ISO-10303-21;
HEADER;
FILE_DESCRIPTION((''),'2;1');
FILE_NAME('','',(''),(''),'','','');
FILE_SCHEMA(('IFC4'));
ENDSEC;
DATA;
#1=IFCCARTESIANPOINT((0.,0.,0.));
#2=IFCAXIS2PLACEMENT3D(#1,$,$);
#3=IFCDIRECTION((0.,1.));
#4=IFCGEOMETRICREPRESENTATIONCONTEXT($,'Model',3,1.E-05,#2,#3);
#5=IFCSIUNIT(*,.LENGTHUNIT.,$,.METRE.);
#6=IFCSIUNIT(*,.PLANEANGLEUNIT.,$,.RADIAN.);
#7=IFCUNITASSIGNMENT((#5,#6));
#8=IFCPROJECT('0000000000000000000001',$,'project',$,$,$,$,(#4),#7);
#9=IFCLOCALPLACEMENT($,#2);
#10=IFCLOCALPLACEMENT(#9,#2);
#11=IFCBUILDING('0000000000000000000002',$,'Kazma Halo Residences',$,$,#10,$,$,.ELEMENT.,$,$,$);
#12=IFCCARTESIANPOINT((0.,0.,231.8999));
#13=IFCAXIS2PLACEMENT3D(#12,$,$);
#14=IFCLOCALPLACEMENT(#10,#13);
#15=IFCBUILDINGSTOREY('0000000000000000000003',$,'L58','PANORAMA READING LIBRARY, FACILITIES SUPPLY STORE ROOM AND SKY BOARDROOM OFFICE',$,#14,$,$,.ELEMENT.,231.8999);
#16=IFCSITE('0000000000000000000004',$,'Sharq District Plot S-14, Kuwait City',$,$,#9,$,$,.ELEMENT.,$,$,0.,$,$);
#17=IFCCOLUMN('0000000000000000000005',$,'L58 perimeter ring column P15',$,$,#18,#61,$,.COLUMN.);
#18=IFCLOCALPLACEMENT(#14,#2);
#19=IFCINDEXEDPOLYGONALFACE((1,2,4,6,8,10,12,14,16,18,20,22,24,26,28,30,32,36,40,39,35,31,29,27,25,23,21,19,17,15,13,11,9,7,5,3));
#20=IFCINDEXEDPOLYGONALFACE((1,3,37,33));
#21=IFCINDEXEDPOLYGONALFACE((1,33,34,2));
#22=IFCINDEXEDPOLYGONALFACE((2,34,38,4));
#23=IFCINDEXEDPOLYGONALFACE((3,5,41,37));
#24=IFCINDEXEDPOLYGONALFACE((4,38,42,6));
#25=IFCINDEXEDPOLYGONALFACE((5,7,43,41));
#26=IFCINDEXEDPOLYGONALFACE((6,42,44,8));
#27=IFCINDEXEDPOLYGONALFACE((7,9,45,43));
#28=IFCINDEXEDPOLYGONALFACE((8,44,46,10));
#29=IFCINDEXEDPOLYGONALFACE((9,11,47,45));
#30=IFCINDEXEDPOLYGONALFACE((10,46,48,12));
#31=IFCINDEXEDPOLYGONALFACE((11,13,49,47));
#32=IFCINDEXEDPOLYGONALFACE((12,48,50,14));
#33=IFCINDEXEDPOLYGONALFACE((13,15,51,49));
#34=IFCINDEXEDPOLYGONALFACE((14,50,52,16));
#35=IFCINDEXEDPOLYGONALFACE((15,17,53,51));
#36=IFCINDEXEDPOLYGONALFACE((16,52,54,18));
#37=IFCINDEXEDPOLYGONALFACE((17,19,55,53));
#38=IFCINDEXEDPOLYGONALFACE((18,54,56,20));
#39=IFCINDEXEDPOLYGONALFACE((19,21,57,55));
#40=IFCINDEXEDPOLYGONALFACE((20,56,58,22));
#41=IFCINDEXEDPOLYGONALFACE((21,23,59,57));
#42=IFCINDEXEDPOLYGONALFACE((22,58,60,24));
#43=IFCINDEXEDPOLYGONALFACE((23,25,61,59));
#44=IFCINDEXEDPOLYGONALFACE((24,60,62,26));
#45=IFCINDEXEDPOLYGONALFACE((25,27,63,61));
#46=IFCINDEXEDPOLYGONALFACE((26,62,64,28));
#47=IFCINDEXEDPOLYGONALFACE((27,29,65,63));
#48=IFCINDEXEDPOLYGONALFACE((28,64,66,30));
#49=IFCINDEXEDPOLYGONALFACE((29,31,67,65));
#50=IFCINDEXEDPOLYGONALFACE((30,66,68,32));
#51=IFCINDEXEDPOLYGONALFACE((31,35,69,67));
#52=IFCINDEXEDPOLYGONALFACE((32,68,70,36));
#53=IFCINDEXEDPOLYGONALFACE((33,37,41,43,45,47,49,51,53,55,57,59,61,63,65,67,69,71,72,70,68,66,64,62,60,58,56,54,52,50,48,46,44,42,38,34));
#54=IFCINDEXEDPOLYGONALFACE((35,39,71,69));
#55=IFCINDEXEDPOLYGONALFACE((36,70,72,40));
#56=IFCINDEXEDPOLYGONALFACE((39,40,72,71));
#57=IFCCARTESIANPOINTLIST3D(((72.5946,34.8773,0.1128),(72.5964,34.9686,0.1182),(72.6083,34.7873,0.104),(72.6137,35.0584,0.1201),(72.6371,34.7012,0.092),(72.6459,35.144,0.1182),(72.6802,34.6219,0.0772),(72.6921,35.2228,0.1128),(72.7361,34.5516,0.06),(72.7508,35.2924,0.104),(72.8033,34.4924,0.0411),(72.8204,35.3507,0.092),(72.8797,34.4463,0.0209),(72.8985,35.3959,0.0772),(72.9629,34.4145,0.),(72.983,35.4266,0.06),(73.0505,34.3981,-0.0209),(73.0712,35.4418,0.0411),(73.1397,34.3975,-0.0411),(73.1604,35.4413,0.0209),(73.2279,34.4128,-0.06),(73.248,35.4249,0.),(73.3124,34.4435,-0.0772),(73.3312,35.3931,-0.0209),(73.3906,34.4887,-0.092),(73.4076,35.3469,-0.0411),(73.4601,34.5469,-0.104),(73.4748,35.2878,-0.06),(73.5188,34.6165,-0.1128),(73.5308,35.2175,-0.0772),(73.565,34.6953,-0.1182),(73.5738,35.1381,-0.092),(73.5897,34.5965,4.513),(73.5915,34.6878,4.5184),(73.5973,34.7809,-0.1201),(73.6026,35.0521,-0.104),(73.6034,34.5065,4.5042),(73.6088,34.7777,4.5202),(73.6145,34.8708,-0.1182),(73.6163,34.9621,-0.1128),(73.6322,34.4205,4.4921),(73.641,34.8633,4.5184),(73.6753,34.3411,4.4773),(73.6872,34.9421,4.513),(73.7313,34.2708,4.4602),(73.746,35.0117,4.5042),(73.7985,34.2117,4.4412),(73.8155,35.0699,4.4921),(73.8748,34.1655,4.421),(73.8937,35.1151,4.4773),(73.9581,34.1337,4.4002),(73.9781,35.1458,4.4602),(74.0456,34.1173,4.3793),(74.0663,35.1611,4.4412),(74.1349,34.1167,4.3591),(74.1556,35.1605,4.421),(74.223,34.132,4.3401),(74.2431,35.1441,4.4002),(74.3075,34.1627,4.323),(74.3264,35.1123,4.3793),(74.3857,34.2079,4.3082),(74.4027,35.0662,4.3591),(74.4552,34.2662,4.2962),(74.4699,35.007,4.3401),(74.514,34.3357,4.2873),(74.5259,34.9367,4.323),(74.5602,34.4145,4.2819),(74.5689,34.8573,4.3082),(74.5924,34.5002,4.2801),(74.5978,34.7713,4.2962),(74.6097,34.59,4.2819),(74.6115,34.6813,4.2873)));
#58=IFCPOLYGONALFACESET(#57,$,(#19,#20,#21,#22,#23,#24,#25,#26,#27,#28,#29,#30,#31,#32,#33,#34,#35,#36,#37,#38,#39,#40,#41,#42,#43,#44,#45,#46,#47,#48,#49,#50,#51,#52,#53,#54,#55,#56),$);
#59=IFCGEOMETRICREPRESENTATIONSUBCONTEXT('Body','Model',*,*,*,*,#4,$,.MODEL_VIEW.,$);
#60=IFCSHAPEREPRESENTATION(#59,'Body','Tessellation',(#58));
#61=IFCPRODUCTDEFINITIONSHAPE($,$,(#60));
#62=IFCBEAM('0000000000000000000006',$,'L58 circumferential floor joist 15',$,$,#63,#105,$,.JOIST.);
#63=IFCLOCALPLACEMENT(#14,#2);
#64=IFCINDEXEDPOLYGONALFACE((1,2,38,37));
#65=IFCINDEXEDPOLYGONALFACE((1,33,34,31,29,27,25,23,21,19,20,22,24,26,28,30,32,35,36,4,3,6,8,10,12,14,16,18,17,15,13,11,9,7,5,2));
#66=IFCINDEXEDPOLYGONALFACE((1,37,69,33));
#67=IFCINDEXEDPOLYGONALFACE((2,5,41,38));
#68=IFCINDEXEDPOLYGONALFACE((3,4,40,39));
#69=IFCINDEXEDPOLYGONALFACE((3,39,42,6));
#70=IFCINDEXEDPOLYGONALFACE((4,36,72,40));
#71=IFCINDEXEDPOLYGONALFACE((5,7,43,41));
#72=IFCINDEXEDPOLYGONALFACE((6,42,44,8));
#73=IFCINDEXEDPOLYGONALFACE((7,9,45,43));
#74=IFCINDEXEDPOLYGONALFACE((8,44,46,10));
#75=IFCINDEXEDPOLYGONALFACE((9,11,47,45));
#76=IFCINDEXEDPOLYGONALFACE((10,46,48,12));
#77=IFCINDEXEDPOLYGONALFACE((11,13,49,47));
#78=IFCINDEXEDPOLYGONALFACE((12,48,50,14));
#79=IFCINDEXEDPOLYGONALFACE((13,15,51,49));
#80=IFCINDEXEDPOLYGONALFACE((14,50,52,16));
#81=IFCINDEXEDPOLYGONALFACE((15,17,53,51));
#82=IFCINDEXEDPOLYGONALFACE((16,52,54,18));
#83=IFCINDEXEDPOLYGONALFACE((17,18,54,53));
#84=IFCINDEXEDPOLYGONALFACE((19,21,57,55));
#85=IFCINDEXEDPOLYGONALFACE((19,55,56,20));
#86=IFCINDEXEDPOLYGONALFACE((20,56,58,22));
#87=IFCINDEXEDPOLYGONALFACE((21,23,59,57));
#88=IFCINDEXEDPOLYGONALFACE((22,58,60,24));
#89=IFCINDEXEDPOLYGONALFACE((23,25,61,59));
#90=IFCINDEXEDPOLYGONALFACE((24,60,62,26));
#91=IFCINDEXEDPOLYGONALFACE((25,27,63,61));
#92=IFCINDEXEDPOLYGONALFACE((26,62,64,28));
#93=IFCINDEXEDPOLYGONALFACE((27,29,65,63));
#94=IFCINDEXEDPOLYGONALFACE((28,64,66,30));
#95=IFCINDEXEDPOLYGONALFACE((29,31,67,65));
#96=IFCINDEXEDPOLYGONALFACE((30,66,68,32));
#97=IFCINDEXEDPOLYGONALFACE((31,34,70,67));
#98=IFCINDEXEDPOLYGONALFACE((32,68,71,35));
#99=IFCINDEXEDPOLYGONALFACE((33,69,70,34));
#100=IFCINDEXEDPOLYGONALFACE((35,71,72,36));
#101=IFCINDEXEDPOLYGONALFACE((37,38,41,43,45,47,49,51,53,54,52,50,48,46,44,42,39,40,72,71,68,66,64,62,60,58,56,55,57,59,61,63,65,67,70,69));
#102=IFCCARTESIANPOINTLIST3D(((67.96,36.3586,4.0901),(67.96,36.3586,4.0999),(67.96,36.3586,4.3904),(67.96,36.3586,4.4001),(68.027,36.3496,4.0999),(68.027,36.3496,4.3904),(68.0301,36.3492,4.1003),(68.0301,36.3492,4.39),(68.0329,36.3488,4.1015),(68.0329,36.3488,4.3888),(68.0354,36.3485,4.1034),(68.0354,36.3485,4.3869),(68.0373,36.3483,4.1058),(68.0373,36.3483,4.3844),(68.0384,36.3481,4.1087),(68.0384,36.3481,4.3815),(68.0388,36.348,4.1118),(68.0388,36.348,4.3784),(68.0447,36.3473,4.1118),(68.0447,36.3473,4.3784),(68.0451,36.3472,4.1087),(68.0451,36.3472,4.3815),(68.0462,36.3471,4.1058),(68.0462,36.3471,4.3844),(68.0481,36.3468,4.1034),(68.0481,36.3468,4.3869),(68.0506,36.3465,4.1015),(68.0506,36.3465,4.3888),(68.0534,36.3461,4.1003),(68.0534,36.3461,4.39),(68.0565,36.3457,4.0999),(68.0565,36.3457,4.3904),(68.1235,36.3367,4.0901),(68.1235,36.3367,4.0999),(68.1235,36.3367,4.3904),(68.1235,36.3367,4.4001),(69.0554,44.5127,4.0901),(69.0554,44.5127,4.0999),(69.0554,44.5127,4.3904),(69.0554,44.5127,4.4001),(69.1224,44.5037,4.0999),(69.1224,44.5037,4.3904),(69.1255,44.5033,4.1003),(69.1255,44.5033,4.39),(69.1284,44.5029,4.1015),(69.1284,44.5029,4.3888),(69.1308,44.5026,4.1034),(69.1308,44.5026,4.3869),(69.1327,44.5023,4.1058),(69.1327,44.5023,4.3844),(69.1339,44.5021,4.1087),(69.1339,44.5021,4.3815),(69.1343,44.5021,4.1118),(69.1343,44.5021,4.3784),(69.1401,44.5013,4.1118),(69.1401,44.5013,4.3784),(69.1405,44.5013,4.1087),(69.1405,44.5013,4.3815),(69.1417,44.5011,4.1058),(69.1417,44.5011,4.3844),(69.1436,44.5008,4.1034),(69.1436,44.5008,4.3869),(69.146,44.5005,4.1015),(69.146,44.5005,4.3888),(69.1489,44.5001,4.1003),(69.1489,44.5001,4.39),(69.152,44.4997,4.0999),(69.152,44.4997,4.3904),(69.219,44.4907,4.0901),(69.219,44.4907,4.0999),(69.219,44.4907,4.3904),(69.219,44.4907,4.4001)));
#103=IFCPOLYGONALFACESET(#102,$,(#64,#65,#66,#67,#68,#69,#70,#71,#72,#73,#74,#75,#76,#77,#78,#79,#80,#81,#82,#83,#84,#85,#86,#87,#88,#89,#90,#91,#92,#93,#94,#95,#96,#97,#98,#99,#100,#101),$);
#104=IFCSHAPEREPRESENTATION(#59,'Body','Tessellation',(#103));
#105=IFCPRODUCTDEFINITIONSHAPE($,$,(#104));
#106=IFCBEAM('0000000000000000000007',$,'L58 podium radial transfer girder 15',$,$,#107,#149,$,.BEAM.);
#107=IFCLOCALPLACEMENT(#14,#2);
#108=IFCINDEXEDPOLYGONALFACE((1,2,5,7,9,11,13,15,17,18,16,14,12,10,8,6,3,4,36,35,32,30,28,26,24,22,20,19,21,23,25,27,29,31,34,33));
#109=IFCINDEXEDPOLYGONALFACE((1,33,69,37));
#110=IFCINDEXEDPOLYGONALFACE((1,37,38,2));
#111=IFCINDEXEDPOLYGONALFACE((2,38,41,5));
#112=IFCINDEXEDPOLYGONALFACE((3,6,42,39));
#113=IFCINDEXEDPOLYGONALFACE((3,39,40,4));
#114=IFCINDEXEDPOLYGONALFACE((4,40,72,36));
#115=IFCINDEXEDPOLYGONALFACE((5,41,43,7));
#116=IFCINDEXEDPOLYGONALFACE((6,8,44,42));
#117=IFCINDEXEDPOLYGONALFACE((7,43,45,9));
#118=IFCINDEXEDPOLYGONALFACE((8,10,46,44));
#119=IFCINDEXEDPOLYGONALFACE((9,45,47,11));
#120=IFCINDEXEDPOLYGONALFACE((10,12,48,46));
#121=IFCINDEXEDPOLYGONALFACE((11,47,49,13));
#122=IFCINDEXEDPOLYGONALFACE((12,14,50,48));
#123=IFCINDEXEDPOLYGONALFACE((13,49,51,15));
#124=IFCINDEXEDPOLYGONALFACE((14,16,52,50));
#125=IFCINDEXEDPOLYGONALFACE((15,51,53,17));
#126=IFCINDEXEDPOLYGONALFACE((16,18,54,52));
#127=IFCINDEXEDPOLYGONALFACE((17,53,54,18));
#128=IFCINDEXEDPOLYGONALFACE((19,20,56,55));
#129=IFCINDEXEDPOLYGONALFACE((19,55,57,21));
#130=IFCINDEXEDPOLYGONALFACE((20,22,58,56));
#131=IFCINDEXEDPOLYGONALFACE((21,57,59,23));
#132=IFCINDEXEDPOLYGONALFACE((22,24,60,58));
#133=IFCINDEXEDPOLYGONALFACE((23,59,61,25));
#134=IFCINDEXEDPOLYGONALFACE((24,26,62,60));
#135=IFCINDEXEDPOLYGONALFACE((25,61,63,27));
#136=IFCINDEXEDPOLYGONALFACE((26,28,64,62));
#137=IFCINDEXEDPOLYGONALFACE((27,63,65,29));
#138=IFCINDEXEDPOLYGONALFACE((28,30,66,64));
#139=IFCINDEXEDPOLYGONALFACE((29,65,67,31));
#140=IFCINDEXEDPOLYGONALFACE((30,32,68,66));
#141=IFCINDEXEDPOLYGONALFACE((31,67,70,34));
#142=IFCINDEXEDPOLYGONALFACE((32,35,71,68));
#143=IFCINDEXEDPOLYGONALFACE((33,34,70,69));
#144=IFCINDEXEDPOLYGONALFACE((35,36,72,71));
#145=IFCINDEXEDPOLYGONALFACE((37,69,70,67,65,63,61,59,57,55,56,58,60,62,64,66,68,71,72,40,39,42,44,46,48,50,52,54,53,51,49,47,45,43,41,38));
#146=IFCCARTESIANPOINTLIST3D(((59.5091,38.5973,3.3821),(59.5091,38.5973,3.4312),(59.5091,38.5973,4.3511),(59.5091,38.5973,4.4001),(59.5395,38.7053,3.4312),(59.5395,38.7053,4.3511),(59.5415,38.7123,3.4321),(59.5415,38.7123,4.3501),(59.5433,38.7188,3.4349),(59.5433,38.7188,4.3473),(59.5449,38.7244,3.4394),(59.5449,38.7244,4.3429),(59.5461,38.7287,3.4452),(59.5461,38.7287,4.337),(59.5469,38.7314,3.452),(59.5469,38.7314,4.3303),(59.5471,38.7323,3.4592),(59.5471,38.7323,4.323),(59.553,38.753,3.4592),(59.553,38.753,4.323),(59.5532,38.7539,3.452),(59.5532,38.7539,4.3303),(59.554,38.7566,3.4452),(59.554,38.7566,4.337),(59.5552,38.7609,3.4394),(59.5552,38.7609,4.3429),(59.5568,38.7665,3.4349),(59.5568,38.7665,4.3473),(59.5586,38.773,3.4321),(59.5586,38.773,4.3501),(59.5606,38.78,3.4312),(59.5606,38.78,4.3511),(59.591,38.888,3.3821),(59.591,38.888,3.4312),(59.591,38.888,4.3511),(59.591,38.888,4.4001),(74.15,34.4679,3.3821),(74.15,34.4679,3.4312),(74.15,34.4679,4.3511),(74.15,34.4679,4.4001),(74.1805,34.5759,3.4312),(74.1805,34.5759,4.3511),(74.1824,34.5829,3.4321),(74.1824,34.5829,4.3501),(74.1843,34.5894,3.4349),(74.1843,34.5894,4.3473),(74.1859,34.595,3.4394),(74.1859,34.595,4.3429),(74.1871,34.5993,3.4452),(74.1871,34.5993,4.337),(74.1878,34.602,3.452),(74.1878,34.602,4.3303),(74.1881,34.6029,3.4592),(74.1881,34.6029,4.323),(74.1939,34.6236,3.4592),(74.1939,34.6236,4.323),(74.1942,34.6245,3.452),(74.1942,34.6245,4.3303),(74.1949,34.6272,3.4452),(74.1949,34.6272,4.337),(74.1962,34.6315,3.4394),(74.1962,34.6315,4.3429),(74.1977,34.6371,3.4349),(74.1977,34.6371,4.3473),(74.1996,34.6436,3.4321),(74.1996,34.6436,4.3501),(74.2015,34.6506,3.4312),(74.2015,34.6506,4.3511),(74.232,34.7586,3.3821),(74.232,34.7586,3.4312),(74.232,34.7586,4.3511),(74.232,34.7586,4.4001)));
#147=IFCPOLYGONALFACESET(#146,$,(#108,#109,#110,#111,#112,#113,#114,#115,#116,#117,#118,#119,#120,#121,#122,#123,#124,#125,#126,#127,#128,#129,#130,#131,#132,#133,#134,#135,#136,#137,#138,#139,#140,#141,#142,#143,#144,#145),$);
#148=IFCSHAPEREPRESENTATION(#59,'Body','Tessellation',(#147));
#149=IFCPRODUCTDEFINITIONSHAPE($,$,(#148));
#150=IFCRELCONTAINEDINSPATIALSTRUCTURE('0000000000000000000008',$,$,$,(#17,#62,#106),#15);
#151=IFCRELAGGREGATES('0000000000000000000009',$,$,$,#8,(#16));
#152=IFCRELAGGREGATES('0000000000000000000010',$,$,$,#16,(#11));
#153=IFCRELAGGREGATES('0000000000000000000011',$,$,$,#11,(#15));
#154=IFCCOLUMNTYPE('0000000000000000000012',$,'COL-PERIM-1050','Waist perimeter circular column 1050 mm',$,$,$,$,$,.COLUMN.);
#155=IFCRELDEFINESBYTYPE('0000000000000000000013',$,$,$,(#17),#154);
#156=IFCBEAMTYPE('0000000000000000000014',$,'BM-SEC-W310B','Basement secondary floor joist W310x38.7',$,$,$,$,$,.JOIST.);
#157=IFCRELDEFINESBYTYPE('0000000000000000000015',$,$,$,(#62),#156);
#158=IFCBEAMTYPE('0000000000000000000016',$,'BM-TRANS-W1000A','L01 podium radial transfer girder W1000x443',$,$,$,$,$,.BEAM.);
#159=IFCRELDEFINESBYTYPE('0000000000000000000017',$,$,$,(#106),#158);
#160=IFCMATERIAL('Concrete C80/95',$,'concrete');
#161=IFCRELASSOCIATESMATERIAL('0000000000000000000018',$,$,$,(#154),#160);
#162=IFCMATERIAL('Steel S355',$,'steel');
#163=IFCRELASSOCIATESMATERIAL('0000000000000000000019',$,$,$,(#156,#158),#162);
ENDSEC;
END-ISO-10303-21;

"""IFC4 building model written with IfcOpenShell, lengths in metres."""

from ifc_helpers import new_model, si_unit, direction, frame, origin, origin_2d, place, context, subcontext, project, spatial, circle, i_section, extrude, material, material_profile, profile_set, type_object, element, save


model = new_model("IFC4")

# Units and contexts
model_context = context("Model", 3, precision=1e-05, world=origin(), true_north=direction((0.0, 1.0)))
body_context = subcontext(model_context, "Body", "Model", "MODEL_VIEW")
ifc_project = project(units=[si_unit("LENGTHUNIT", "METRE"), si_unit("PLANEANGLEUNIT", "RADIAN")], contexts=[model_context])

# Site, building, storey
site_placement = place(None, origin())
site = spatial("IfcSite", under=ifc_project, at=site_placement, Name="Sharq District Plot S-14, Kuwait City", CompositionType="ELEMENT", RefElevation=0.0)
building_placement = place(site_placement, origin())
building = spatial("IfcBuilding", under=site, at=building_placement, Name="Kazma Halo Residences", CompositionType="ELEMENT")
storey_placement = place(building_placement, frame((0.0, 0.0, 231.8999)))
storey = spatial("IfcBuildingStorey", under=building, at=storey_placement, Name="L58", Description="PANORAMA READING LIBRARY, FACILITIES SUPPLY STORE ROOM AND SKY BOARDROOM OFFICE", CompositionType="ELEMENT", Elevation=231.8999)

# Column
ifc_material_1 = material(Name="Concrete C80/95", Category="concrete")
ifc_material_profile_1 = material_profile(ifc_material_1, circle(Radius=0.5249, at=origin_2d()), Name="CIRC1050")
ifc_profile_set_1 = profile_set([ifc_material_profile_1], Name="Concrete C80/95")
column_type = type_object("IfcColumnType", Name="COL-PERIM-1050", Description="Waist perimeter circular column 1050 mm", PredefinedType="COLUMN", material=ifc_profile_set_1)
column_placement = place(storey_placement, frame((73.1055, 34.9197, 0.0), z_axis=(0.220159, -0.062115, 0.973484), x_axis=(0.271539, 0.962428, 0.0)))
element("IfcColumn", 1, at=column_placement, inside=storey, type_object=column_type, Name="L58 perimeter ring column P15", PredefinedType="COLUMN", context=body_context, shape_type="SweptSolid", body=[
    extrude(circle(Radius=0.5249, at=origin_2d()), origin(), (0.0, 0.0, 1.0), 4.52),
])

# Beams
ifc_material_2 = material(Name="Steel S355", Category="steel")
ifc_material_profile_2 = material_profile(ifc_material_2, i_section(OverallWidth=0.165, OverallDepth=0.3101, WebThickness=0.0059, FlangeThickness=0.0098, FilletRadius=0.012, at=origin_2d()), Name="W310x38.7")
ifc_profile_set_2 = profile_set([ifc_material_profile_2], Name="Steel S355")
beam_type_1 = type_object("IfcBeamType", Name="BM-SEC-W310B", Description="Basement secondary floor joist W310x38.7", PredefinedType="JOIST", material=ifc_profile_set_2)
beam_1_placement = place(storey_placement, frame((68.0417, 36.3477, 4.2451), z_axis=(0.133149, 0.991096, 0.0), x_axis=(-0.991096, 0.133149, 0.0)))
element("IfcBeam", 2, at=beam_1_placement, inside=storey, type_object=beam_type_1, Name="L58 circumferential floor joist 15", PredefinedType="JOIST", context=body_context, shape_type="SweptSolid", body=[
    extrude(i_section(OverallWidth=0.165, OverallDepth=0.3101, WebThickness=0.0059, FlangeThickness=0.0098, FilletRadius=0.012, at=origin_2d()), origin(), (0.0, 0.0, 1.0), 8.2273),
])
ifc_material_profile_3 = material_profile(ifc_material_2, i_section(OverallWidth=0.302, OverallDepth=1.0181, WebThickness=0.0215, FlangeThickness=0.0491, FilletRadius=0.0281, at=origin_2d()), Name="W1000x443")
ifc_profile_set_3 = profile_set([ifc_material_profile_3], Name="Steel S355")
beam_type_2 = type_object("IfcBeamType", Name="BM-TRANS-W1000A", Description="L01 podium radial transfer girder W1000x443", PredefinedType="BEAM", material=ifc_profile_set_3)
beam_2_placement = place(storey_placement, frame((59.55, 38.7427, 3.8911), z_axis=(0.962451, -0.271455, 0.0), x_axis=(0.271455, 0.962451, 0.0)))
element("IfcBeam", 3, at=beam_2_placement, inside=storey, type_object=beam_type_2, Name="L58 podium radial transfer girder 15", PredefinedType="BEAM", context=body_context, shape_type="SweptSolid", body=[
    extrude(i_section(OverallWidth=0.302, OverallDepth=1.0181, WebThickness=0.0215, FlangeThickness=0.0491, FilletRadius=0.0281, at=origin_2d()), origin(), (0.0, 0.0, 1.0), 15.2122),
])

save(model, "model.ifc")
